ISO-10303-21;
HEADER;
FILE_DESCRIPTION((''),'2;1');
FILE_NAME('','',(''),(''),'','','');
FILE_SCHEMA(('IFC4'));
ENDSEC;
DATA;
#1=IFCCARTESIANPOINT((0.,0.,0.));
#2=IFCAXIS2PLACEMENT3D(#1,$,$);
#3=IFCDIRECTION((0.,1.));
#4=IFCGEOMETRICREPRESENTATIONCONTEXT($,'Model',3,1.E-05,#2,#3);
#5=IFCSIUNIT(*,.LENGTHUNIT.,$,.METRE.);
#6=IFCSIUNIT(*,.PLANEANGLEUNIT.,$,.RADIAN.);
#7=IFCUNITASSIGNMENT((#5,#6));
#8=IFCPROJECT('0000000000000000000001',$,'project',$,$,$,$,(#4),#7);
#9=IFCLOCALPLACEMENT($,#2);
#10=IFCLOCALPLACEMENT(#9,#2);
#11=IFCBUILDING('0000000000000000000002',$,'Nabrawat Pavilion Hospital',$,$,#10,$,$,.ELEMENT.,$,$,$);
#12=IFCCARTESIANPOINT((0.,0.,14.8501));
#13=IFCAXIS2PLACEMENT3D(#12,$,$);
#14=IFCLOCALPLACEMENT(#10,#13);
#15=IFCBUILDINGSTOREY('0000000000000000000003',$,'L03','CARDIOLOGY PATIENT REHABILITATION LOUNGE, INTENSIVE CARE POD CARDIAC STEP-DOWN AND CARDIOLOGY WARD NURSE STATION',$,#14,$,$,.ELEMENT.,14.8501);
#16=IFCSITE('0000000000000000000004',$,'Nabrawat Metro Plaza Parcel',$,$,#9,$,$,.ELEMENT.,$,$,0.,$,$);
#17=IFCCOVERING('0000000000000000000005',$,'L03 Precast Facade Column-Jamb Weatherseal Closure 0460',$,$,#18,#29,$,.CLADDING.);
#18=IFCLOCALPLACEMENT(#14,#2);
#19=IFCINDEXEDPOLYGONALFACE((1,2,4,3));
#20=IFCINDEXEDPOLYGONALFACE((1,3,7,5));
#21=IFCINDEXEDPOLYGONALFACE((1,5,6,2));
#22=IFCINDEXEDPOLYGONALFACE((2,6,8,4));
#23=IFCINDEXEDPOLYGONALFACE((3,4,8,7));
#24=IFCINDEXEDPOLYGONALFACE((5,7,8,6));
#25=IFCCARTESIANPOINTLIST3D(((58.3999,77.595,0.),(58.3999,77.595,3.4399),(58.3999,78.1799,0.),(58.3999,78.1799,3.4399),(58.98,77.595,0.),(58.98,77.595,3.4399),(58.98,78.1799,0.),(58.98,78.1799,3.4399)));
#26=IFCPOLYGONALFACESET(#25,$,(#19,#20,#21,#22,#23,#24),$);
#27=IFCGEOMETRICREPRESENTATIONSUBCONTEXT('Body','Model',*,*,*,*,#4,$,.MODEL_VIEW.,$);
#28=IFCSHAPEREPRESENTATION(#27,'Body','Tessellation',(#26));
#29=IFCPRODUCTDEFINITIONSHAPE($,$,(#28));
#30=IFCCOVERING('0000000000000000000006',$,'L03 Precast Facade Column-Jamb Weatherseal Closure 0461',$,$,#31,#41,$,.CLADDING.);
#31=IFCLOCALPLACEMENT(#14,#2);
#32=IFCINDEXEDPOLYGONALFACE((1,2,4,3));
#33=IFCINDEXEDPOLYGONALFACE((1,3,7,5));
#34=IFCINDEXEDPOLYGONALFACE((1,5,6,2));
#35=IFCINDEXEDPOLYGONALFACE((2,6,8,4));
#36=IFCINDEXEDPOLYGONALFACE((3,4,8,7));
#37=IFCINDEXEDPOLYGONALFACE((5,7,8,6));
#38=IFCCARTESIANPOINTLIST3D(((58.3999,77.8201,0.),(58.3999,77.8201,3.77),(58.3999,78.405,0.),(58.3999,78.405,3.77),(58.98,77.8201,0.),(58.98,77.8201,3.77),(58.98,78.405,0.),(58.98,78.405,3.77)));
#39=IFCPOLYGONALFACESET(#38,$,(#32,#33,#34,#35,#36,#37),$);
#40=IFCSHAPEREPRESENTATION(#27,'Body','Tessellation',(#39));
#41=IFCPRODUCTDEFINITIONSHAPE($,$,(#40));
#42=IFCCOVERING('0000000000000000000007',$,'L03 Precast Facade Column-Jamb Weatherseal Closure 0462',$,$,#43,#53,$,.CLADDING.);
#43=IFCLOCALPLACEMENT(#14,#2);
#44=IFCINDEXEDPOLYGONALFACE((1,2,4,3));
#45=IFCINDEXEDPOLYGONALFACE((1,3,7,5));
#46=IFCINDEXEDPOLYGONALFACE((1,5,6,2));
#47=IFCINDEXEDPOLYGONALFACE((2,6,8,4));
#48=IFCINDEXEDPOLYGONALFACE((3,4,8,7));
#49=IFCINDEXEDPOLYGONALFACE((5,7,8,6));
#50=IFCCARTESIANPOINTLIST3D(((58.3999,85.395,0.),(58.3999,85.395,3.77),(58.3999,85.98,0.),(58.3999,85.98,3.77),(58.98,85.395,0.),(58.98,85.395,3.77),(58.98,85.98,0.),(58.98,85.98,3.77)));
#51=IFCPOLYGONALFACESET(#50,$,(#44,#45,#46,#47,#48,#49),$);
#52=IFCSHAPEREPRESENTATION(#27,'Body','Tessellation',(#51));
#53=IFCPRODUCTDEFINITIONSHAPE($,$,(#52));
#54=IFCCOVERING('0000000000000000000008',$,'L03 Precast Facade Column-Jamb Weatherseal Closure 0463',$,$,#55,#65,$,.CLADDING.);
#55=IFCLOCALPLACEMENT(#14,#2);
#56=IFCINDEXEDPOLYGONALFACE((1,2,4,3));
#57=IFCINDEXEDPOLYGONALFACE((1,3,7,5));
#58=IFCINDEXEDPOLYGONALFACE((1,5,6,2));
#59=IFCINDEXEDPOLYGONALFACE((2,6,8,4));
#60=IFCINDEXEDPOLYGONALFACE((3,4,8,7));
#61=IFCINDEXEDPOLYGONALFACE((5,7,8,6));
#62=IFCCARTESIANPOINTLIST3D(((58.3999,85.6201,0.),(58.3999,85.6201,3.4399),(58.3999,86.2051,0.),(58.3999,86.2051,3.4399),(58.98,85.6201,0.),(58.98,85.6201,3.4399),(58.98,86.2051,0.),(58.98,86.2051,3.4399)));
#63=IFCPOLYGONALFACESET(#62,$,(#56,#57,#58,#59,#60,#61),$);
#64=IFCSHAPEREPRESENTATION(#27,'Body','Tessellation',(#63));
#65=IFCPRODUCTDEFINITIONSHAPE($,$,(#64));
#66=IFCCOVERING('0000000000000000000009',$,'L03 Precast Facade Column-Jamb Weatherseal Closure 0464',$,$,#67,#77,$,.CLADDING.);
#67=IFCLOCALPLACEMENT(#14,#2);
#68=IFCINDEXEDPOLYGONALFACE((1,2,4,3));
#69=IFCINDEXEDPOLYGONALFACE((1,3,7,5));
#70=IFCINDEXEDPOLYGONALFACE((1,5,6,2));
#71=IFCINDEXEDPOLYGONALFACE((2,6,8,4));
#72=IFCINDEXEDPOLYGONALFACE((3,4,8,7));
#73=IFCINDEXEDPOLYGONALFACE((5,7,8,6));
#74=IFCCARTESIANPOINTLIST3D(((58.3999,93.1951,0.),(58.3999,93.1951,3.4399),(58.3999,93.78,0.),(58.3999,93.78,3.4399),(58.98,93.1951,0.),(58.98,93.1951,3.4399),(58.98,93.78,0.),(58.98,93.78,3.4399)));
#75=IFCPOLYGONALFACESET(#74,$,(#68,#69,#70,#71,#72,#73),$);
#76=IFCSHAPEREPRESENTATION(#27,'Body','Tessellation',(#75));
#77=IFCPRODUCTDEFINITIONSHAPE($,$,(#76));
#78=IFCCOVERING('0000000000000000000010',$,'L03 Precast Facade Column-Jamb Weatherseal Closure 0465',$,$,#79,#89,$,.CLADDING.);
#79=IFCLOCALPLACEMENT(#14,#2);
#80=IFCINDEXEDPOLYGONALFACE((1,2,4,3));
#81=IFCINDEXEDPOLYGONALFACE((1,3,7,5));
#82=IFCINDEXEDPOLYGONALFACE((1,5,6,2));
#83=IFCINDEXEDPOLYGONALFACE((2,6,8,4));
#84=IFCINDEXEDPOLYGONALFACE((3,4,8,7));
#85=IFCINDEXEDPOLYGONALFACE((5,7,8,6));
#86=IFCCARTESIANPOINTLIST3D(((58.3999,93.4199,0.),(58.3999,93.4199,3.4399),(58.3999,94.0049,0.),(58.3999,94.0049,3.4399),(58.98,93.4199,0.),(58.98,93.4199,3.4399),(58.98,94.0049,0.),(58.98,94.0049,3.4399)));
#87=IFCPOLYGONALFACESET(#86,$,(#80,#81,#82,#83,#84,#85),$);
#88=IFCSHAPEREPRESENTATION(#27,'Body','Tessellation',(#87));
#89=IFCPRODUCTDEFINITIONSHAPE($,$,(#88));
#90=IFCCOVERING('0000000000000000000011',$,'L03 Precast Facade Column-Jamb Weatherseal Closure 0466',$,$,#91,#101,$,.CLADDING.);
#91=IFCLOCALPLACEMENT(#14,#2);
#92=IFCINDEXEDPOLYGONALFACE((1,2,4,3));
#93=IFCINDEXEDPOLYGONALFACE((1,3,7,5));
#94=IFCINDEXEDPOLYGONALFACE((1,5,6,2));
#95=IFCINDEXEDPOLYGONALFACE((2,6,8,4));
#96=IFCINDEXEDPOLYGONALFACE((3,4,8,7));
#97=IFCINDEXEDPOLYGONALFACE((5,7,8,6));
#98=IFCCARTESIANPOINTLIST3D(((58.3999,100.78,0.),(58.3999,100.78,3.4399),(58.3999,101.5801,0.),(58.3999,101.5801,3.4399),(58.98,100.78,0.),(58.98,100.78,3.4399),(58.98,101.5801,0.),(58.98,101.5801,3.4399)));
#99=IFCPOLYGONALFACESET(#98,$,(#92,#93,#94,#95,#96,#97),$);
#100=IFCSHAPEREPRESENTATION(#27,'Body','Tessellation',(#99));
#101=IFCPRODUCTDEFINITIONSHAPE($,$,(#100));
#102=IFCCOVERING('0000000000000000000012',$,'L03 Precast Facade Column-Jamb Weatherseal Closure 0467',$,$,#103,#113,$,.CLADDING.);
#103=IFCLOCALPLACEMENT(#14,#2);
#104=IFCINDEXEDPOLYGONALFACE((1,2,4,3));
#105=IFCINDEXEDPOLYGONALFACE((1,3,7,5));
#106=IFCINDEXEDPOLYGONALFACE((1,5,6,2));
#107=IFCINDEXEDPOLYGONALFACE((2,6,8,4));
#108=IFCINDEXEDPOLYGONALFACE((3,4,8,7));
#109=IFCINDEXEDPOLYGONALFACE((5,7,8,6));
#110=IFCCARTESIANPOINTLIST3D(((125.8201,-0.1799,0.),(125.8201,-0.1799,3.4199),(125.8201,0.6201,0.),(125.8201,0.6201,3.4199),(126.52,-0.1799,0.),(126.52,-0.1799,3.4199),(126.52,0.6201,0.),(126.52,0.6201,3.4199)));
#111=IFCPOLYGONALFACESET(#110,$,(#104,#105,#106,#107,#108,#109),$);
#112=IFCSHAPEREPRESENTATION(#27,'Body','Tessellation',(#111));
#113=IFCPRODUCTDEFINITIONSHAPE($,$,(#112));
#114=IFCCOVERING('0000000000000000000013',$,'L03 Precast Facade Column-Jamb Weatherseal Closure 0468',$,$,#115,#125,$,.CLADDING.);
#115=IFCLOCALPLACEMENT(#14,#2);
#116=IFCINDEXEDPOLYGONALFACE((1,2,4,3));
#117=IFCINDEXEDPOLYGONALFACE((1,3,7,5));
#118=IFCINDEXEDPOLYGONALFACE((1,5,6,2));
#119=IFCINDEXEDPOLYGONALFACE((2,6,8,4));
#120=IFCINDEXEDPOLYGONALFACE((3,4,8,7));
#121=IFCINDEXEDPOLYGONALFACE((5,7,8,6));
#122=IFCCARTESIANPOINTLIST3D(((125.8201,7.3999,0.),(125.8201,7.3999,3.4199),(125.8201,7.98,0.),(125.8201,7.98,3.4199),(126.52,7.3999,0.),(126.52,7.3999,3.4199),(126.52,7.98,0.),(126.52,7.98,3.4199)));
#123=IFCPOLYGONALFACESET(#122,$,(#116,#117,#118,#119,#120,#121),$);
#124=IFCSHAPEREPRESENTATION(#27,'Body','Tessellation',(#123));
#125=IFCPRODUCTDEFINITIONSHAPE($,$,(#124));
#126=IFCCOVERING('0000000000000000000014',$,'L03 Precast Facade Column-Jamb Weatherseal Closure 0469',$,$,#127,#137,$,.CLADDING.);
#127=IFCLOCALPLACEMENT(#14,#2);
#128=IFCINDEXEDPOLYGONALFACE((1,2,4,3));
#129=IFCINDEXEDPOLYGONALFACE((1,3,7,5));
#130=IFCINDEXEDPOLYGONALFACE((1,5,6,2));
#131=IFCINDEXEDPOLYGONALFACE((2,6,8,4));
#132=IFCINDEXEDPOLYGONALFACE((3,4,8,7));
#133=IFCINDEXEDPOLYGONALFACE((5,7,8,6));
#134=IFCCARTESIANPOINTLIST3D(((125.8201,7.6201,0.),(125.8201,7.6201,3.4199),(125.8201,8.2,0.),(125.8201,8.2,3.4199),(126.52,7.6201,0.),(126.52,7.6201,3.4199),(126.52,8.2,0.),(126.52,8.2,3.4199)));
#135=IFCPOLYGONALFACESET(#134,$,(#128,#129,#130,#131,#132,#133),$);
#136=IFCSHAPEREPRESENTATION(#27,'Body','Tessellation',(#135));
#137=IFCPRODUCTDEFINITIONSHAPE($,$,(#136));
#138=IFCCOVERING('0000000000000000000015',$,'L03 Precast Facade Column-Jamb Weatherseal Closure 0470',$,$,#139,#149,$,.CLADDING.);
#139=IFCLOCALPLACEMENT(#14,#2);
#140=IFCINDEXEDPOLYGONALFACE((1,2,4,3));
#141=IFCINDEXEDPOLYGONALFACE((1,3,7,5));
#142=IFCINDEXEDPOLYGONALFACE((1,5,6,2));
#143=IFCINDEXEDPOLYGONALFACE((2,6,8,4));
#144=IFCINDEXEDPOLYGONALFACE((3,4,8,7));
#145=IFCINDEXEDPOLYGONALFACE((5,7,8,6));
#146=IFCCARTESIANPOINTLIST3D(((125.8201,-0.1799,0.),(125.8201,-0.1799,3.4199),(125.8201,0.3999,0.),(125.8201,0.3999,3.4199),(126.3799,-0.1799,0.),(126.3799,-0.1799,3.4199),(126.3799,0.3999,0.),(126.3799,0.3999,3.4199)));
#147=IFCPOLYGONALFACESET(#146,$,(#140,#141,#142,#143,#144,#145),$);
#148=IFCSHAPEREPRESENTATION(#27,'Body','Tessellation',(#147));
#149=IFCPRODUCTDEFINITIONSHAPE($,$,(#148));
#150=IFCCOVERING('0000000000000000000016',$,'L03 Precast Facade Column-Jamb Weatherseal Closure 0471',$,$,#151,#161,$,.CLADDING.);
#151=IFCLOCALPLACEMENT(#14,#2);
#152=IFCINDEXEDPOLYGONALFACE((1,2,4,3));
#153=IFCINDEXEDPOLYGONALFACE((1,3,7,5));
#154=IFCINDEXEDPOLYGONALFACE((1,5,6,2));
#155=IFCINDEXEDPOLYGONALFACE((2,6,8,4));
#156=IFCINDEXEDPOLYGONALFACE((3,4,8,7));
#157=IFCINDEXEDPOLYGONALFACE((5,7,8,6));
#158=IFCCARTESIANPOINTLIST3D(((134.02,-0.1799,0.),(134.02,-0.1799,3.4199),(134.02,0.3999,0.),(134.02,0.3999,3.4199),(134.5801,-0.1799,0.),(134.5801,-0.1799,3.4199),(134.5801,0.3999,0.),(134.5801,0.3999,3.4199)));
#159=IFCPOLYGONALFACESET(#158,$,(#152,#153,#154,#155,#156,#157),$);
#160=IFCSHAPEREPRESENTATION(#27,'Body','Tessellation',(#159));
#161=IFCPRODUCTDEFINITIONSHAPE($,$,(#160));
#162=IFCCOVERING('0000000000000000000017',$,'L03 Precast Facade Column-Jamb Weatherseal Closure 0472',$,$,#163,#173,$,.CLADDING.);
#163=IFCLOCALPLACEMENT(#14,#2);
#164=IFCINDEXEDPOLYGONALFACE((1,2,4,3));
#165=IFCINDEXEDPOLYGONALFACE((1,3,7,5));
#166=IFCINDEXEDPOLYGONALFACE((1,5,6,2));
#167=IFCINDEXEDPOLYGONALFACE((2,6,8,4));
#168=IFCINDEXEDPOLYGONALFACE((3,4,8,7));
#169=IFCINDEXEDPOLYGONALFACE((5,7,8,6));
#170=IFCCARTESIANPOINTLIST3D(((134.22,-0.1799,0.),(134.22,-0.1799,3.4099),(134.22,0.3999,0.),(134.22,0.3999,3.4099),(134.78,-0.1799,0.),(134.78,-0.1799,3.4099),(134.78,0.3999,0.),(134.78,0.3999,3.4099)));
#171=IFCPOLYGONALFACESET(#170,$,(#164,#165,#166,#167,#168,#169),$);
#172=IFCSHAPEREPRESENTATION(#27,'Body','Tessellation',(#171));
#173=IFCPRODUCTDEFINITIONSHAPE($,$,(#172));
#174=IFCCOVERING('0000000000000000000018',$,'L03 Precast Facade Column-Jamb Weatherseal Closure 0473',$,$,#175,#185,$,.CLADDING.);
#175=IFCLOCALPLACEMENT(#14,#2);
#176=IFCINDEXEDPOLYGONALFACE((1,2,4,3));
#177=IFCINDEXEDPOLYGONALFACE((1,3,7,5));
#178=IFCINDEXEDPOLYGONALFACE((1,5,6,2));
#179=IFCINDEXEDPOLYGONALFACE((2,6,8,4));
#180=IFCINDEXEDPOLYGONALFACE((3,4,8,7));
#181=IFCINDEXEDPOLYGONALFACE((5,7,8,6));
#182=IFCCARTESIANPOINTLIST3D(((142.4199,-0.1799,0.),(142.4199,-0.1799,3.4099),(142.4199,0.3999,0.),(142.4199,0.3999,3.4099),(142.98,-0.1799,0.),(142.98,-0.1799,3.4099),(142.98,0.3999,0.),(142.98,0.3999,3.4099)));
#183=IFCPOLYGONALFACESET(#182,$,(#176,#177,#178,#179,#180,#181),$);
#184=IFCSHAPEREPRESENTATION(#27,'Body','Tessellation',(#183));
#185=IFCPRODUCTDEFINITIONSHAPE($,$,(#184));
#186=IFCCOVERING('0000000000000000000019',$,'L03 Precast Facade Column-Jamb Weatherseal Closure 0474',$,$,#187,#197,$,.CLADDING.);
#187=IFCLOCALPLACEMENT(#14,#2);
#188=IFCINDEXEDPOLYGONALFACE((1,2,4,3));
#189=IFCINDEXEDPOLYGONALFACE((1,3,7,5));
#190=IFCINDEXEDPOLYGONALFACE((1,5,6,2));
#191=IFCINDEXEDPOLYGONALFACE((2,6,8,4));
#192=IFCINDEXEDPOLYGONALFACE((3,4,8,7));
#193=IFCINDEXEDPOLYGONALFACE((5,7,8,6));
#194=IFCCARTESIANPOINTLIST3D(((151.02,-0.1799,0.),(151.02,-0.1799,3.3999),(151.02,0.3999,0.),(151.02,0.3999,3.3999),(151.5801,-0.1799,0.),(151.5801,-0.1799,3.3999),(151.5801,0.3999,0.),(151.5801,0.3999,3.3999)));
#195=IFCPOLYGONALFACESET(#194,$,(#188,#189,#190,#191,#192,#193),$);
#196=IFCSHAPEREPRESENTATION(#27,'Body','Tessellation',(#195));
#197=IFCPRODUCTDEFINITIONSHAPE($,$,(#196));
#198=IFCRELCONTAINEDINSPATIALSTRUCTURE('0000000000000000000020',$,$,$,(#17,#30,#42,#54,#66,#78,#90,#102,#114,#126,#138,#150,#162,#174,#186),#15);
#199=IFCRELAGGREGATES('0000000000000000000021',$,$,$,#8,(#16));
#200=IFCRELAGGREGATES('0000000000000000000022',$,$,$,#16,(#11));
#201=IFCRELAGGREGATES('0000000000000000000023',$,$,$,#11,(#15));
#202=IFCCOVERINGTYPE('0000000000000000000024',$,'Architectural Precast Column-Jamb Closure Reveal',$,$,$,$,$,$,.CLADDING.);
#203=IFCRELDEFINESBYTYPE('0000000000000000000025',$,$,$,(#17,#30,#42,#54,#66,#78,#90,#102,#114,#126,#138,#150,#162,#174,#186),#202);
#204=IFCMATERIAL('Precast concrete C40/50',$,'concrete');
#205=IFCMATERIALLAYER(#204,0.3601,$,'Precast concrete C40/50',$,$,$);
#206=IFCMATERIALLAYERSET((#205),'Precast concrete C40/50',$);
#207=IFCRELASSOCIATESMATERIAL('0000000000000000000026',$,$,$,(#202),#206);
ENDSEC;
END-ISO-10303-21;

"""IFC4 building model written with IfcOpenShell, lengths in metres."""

from ifc_helpers import new_model, si_unit, direction, frame, origin, place, context, subcontext, project, spatial, polyline, outline, extrude, material, layer, layer_set, type_object, element, save


model = new_model("IFC4")

# Units and contexts
model_context = context("Model", 3, precision=1e-05, world=origin(), true_north=direction((0.0, 1.0)))
body_context = subcontext(model_context, "Body", "Model", "MODEL_VIEW")
ifc_project = project(units=[si_unit("LENGTHUNIT", "METRE"), si_unit("PLANEANGLEUNIT", "RADIAN")], contexts=[model_context])

# Site, building, storey
site_placement = place(None, origin())
site = spatial("IfcSite", under=ifc_project, at=site_placement, Name="Nabrawat Metro Plaza Parcel", CompositionType="ELEMENT", RefElevation=0.0)
building_placement = place(site_placement, origin())
building = spatial("IfcBuilding", under=site, at=building_placement, Name="Nabrawat Pavilion Hospital", CompositionType="ELEMENT")
storey_placement = place(building_placement, frame((0.0, 0.0, 14.8501)))
storey = spatial("IfcBuildingStorey", under=building, at=storey_placement, Name="L03", Description="CARDIOLOGY PATIENT REHABILITATION LOUNGE, INTENSIVE CARE POD CARDIAC STEP-DOWN AND CARDIOLOGY WARD NURSE STATION", CompositionType="ELEMENT", Elevation=14.8501)

# Coverings
ifc_material = material(Name="Precast concrete C40/50", Category="concrete")
ifc_layer = layer(ifc_material, 0.3601, Name="Precast concrete C40/50")
ifc_layer_set = layer_set([ifc_layer], Name="Precast concrete C40/50")
covering_type = type_object("IfcCoveringType", Name="Architectural Precast Column-Jamb Closure Reveal", PredefinedType="CLADDING", material=ifc_layer_set)
covering_1_placement = place(storey_placement, origin())
element("IfcCovering", 1, at=covering_1_placement, inside=storey, type_object=covering_type, Name="L03 Precast Facade Column-Jamb Weatherseal Closure 0460", PredefinedType="CLADDING", context=body_context, shape_type="SweptSolid", body=[
    extrude(outline(polyline([(58.98, 77.595), (58.98, 78.1799), (58.3999, 78.1799), (58.3999, 77.595), (58.98, 77.595)])), origin(), (0.0, 0.0, 1.0), 3.4399),
])
covering_2_placement = place(storey_placement, origin())
element("IfcCovering", 2, at=covering_2_placement, inside=storey, type_object=covering_type, Name="L03 Precast Facade Column-Jamb Weatherseal Closure 0461", PredefinedType="CLADDING", context=body_context, shape_type="SweptSolid", body=[
    extrude(outline(polyline([(58.98, 77.8201), (58.98, 78.405), (58.3999, 78.405), (58.3999, 77.8201), (58.98, 77.8201)])), origin(), (0.0, 0.0, 1.0), 3.77),
])
covering_3_placement = place(storey_placement, origin())
element("IfcCovering", 3, at=covering_3_placement, inside=storey, type_object=covering_type, Name="L03 Precast Facade Column-Jamb Weatherseal Closure 0462", PredefinedType="CLADDING", context=body_context, shape_type="SweptSolid", body=[
    extrude(outline(polyline([(58.98, 85.395), (58.98, 85.98), (58.3999, 85.98), (58.3999, 85.395), (58.98, 85.395)])), origin(), (0.0, 0.0, 1.0), 3.77),
])
covering_4_placement = place(storey_placement, origin())
element("IfcCovering", 4, at=covering_4_placement, inside=storey, type_object=covering_type, Name="L03 Precast Facade Column-Jamb Weatherseal Closure 0463", PredefinedType="CLADDING", context=body_context, shape_type="SweptSolid", body=[
    extrude(outline(polyline([(58.98, 85.6201), (58.98, 86.2051), (58.3999, 86.2051), (58.3999, 85.6201), (58.98, 85.6201)])), origin(), (0.0, 0.0, 1.0), 3.4399),
])
covering_5_placement = place(storey_placement, origin())
element("IfcCovering", 5, at=covering_5_placement, inside=storey, type_object=covering_type, Name="L03 Precast Facade Column-Jamb Weatherseal Closure 0464", PredefinedType="CLADDING", context=body_context, shape_type="SweptSolid", body=[
    extrude(outline(polyline([(58.98, 93.1951), (58.98, 93.78), (58.3999, 93.78), (58.3999, 93.1951), (58.98, 93.1951)])), origin(), (0.0, 0.0, 1.0), 3.4399),
])
covering_6_placement = place(storey_placement, origin())
element("IfcCovering", 6, at=covering_6_placement, inside=storey, type_object=covering_type, Name="L03 Precast Facade Column-Jamb Weatherseal Closure 0465", PredefinedType="CLADDING", context=body_context, shape_type="SweptSolid", body=[
    extrude(outline(polyline([(58.98, 93.4199), (58.98, 94.0049), (58.3999, 94.0049), (58.3999, 93.4199), (58.98, 93.4199)])), origin(), (0.0, 0.0, 1.0), 3.4399),
])
covering_7_placement = place(storey_placement, origin())
element("IfcCovering", 7, at=covering_7_placement, inside=storey, type_object=covering_type, Name="L03 Precast Facade Column-Jamb Weatherseal Closure 0466", PredefinedType="CLADDING", context=body_context, shape_type="SweptSolid", body=[
    extrude(outline(polyline([(58.98, 100.78), (58.98, 101.5801), (58.3999, 101.5801), (58.3999, 100.78), (58.98, 100.78)])), origin(), (0.0, 0.0, 1.0), 3.4399),
])
covering_8_placement = place(storey_placement, origin())
element("IfcCovering", 8, at=covering_8_placement, inside=storey, type_object=covering_type, Name="L03 Precast Facade Column-Jamb Weatherseal Closure 0467", PredefinedType="CLADDING", context=body_context, shape_type="SweptSolid", body=[
    extrude(outline(polyline([(126.52, -0.1799), (126.52, 0.6201), (125.8201, 0.6201), (125.8201, -0.1799), (126.52, -0.1799)])), origin(), (0.0, 0.0, 1.0), 3.4199),
])
covering_9_placement = place(storey_placement, origin())
element("IfcCovering", 9, at=covering_9_placement, inside=storey, type_object=covering_type, Name="L03 Precast Facade Column-Jamb Weatherseal Closure 0468", PredefinedType="CLADDING", context=body_context, shape_type="SweptSolid", body=[
    extrude(outline(polyline([(126.52, 7.3999), (126.52, 7.98), (125.8201, 7.98), (125.8201, 7.3999), (126.52, 7.3999)])), origin(), (0.0, 0.0, 1.0), 3.4199),
])
covering_10_placement = place(storey_placement, origin())
element("IfcCovering", 10, at=covering_10_placement, inside=storey, type_object=covering_type, Name="L03 Precast Facade Column-Jamb Weatherseal Closure 0469", PredefinedType="CLADDING", context=body_context, shape_type="SweptSolid", body=[
    extrude(outline(polyline([(126.52, 7.6201), (126.52, 8.2), (125.8201, 8.2), (125.8201, 7.6201), (126.52, 7.6201)])), origin(), (0.0, 0.0, 1.0), 3.4199),
])
covering_11_placement = place(storey_placement, origin())
element("IfcCovering", 11, at=covering_11_placement, inside=storey, type_object=covering_type, Name="L03 Precast Facade Column-Jamb Weatherseal Closure 0470", PredefinedType="CLADDING", context=body_context, shape_type="SweptSolid", body=[
    extrude(outline(polyline([(126.3799, -0.1799), (126.3799, 0.3999), (125.8201, 0.3999), (125.8201, -0.1799), (126.3799, -0.1799)])), origin(), (0.0, 0.0, 1.0), 3.4199),
])
covering_12_placement = place(storey_placement, origin())
element("IfcCovering", 12, at=covering_12_placement, inside=storey, type_object=covering_type, Name="L03 Precast Facade Column-Jamb Weatherseal Closure 0471", PredefinedType="CLADDING", context=body_context, shape_type="SweptSolid", body=[
    extrude(outline(polyline([(134.5801, -0.1799), (134.5801, 0.3999), (134.02, 0.3999), (134.02, -0.1799), (134.5801, -0.1799)])), origin(), (0.0, 0.0, 1.0), 3.4199),
])
covering_13_placement = place(storey_placement, origin())
element("IfcCovering", 13, at=covering_13_placement, inside=storey, type_object=covering_type, Name="L03 Precast Facade Column-Jamb Weatherseal Closure 0472", PredefinedType="CLADDING", context=body_context, shape_type="SweptSolid", body=[
    extrude(outline(polyline([(134.78, -0.1799), (134.78, 0.3999), (134.22, 0.3999), (134.22, -0.1799), (134.78, -0.1799)])), origin(), (0.0, 0.0, 1.0), 3.4099),
])
covering_14_placement = place(storey_placement, origin())
element("IfcCovering", 14, at=covering_14_placement, inside=storey, type_object=covering_type, Name="L03 Precast Facade Column-Jamb Weatherseal Closure 0473", PredefinedType="CLADDING", context=body_context, shape_type="SweptSolid", body=[
    extrude(outline(polyline([(142.98, -0.1799), (142.98, 0.3999), (142.4199, 0.3999), (142.4199, -0.1799), (142.98, -0.1799)])), origin(), (0.0, 0.0, 1.0), 3.4099),
])
covering_15_placement = place(storey_placement, origin())
element("IfcCovering", 15, at=covering_15_placement, inside=storey, type_object=covering_type, Name="L03 Precast Facade Column-Jamb Weatherseal Closure 0474", PredefinedType="CLADDING", context=body_context, shape_type="SweptSolid", body=[
    extrude(outline(polyline([(151.5801, -0.1799), (151.5801, 0.3999), (151.02, 0.3999), (151.02, -0.1799), (151.5801, -0.1799)])), origin(), (0.0, 0.0, 1.0), 3.3999),
])

save(model, "model.ifc")
